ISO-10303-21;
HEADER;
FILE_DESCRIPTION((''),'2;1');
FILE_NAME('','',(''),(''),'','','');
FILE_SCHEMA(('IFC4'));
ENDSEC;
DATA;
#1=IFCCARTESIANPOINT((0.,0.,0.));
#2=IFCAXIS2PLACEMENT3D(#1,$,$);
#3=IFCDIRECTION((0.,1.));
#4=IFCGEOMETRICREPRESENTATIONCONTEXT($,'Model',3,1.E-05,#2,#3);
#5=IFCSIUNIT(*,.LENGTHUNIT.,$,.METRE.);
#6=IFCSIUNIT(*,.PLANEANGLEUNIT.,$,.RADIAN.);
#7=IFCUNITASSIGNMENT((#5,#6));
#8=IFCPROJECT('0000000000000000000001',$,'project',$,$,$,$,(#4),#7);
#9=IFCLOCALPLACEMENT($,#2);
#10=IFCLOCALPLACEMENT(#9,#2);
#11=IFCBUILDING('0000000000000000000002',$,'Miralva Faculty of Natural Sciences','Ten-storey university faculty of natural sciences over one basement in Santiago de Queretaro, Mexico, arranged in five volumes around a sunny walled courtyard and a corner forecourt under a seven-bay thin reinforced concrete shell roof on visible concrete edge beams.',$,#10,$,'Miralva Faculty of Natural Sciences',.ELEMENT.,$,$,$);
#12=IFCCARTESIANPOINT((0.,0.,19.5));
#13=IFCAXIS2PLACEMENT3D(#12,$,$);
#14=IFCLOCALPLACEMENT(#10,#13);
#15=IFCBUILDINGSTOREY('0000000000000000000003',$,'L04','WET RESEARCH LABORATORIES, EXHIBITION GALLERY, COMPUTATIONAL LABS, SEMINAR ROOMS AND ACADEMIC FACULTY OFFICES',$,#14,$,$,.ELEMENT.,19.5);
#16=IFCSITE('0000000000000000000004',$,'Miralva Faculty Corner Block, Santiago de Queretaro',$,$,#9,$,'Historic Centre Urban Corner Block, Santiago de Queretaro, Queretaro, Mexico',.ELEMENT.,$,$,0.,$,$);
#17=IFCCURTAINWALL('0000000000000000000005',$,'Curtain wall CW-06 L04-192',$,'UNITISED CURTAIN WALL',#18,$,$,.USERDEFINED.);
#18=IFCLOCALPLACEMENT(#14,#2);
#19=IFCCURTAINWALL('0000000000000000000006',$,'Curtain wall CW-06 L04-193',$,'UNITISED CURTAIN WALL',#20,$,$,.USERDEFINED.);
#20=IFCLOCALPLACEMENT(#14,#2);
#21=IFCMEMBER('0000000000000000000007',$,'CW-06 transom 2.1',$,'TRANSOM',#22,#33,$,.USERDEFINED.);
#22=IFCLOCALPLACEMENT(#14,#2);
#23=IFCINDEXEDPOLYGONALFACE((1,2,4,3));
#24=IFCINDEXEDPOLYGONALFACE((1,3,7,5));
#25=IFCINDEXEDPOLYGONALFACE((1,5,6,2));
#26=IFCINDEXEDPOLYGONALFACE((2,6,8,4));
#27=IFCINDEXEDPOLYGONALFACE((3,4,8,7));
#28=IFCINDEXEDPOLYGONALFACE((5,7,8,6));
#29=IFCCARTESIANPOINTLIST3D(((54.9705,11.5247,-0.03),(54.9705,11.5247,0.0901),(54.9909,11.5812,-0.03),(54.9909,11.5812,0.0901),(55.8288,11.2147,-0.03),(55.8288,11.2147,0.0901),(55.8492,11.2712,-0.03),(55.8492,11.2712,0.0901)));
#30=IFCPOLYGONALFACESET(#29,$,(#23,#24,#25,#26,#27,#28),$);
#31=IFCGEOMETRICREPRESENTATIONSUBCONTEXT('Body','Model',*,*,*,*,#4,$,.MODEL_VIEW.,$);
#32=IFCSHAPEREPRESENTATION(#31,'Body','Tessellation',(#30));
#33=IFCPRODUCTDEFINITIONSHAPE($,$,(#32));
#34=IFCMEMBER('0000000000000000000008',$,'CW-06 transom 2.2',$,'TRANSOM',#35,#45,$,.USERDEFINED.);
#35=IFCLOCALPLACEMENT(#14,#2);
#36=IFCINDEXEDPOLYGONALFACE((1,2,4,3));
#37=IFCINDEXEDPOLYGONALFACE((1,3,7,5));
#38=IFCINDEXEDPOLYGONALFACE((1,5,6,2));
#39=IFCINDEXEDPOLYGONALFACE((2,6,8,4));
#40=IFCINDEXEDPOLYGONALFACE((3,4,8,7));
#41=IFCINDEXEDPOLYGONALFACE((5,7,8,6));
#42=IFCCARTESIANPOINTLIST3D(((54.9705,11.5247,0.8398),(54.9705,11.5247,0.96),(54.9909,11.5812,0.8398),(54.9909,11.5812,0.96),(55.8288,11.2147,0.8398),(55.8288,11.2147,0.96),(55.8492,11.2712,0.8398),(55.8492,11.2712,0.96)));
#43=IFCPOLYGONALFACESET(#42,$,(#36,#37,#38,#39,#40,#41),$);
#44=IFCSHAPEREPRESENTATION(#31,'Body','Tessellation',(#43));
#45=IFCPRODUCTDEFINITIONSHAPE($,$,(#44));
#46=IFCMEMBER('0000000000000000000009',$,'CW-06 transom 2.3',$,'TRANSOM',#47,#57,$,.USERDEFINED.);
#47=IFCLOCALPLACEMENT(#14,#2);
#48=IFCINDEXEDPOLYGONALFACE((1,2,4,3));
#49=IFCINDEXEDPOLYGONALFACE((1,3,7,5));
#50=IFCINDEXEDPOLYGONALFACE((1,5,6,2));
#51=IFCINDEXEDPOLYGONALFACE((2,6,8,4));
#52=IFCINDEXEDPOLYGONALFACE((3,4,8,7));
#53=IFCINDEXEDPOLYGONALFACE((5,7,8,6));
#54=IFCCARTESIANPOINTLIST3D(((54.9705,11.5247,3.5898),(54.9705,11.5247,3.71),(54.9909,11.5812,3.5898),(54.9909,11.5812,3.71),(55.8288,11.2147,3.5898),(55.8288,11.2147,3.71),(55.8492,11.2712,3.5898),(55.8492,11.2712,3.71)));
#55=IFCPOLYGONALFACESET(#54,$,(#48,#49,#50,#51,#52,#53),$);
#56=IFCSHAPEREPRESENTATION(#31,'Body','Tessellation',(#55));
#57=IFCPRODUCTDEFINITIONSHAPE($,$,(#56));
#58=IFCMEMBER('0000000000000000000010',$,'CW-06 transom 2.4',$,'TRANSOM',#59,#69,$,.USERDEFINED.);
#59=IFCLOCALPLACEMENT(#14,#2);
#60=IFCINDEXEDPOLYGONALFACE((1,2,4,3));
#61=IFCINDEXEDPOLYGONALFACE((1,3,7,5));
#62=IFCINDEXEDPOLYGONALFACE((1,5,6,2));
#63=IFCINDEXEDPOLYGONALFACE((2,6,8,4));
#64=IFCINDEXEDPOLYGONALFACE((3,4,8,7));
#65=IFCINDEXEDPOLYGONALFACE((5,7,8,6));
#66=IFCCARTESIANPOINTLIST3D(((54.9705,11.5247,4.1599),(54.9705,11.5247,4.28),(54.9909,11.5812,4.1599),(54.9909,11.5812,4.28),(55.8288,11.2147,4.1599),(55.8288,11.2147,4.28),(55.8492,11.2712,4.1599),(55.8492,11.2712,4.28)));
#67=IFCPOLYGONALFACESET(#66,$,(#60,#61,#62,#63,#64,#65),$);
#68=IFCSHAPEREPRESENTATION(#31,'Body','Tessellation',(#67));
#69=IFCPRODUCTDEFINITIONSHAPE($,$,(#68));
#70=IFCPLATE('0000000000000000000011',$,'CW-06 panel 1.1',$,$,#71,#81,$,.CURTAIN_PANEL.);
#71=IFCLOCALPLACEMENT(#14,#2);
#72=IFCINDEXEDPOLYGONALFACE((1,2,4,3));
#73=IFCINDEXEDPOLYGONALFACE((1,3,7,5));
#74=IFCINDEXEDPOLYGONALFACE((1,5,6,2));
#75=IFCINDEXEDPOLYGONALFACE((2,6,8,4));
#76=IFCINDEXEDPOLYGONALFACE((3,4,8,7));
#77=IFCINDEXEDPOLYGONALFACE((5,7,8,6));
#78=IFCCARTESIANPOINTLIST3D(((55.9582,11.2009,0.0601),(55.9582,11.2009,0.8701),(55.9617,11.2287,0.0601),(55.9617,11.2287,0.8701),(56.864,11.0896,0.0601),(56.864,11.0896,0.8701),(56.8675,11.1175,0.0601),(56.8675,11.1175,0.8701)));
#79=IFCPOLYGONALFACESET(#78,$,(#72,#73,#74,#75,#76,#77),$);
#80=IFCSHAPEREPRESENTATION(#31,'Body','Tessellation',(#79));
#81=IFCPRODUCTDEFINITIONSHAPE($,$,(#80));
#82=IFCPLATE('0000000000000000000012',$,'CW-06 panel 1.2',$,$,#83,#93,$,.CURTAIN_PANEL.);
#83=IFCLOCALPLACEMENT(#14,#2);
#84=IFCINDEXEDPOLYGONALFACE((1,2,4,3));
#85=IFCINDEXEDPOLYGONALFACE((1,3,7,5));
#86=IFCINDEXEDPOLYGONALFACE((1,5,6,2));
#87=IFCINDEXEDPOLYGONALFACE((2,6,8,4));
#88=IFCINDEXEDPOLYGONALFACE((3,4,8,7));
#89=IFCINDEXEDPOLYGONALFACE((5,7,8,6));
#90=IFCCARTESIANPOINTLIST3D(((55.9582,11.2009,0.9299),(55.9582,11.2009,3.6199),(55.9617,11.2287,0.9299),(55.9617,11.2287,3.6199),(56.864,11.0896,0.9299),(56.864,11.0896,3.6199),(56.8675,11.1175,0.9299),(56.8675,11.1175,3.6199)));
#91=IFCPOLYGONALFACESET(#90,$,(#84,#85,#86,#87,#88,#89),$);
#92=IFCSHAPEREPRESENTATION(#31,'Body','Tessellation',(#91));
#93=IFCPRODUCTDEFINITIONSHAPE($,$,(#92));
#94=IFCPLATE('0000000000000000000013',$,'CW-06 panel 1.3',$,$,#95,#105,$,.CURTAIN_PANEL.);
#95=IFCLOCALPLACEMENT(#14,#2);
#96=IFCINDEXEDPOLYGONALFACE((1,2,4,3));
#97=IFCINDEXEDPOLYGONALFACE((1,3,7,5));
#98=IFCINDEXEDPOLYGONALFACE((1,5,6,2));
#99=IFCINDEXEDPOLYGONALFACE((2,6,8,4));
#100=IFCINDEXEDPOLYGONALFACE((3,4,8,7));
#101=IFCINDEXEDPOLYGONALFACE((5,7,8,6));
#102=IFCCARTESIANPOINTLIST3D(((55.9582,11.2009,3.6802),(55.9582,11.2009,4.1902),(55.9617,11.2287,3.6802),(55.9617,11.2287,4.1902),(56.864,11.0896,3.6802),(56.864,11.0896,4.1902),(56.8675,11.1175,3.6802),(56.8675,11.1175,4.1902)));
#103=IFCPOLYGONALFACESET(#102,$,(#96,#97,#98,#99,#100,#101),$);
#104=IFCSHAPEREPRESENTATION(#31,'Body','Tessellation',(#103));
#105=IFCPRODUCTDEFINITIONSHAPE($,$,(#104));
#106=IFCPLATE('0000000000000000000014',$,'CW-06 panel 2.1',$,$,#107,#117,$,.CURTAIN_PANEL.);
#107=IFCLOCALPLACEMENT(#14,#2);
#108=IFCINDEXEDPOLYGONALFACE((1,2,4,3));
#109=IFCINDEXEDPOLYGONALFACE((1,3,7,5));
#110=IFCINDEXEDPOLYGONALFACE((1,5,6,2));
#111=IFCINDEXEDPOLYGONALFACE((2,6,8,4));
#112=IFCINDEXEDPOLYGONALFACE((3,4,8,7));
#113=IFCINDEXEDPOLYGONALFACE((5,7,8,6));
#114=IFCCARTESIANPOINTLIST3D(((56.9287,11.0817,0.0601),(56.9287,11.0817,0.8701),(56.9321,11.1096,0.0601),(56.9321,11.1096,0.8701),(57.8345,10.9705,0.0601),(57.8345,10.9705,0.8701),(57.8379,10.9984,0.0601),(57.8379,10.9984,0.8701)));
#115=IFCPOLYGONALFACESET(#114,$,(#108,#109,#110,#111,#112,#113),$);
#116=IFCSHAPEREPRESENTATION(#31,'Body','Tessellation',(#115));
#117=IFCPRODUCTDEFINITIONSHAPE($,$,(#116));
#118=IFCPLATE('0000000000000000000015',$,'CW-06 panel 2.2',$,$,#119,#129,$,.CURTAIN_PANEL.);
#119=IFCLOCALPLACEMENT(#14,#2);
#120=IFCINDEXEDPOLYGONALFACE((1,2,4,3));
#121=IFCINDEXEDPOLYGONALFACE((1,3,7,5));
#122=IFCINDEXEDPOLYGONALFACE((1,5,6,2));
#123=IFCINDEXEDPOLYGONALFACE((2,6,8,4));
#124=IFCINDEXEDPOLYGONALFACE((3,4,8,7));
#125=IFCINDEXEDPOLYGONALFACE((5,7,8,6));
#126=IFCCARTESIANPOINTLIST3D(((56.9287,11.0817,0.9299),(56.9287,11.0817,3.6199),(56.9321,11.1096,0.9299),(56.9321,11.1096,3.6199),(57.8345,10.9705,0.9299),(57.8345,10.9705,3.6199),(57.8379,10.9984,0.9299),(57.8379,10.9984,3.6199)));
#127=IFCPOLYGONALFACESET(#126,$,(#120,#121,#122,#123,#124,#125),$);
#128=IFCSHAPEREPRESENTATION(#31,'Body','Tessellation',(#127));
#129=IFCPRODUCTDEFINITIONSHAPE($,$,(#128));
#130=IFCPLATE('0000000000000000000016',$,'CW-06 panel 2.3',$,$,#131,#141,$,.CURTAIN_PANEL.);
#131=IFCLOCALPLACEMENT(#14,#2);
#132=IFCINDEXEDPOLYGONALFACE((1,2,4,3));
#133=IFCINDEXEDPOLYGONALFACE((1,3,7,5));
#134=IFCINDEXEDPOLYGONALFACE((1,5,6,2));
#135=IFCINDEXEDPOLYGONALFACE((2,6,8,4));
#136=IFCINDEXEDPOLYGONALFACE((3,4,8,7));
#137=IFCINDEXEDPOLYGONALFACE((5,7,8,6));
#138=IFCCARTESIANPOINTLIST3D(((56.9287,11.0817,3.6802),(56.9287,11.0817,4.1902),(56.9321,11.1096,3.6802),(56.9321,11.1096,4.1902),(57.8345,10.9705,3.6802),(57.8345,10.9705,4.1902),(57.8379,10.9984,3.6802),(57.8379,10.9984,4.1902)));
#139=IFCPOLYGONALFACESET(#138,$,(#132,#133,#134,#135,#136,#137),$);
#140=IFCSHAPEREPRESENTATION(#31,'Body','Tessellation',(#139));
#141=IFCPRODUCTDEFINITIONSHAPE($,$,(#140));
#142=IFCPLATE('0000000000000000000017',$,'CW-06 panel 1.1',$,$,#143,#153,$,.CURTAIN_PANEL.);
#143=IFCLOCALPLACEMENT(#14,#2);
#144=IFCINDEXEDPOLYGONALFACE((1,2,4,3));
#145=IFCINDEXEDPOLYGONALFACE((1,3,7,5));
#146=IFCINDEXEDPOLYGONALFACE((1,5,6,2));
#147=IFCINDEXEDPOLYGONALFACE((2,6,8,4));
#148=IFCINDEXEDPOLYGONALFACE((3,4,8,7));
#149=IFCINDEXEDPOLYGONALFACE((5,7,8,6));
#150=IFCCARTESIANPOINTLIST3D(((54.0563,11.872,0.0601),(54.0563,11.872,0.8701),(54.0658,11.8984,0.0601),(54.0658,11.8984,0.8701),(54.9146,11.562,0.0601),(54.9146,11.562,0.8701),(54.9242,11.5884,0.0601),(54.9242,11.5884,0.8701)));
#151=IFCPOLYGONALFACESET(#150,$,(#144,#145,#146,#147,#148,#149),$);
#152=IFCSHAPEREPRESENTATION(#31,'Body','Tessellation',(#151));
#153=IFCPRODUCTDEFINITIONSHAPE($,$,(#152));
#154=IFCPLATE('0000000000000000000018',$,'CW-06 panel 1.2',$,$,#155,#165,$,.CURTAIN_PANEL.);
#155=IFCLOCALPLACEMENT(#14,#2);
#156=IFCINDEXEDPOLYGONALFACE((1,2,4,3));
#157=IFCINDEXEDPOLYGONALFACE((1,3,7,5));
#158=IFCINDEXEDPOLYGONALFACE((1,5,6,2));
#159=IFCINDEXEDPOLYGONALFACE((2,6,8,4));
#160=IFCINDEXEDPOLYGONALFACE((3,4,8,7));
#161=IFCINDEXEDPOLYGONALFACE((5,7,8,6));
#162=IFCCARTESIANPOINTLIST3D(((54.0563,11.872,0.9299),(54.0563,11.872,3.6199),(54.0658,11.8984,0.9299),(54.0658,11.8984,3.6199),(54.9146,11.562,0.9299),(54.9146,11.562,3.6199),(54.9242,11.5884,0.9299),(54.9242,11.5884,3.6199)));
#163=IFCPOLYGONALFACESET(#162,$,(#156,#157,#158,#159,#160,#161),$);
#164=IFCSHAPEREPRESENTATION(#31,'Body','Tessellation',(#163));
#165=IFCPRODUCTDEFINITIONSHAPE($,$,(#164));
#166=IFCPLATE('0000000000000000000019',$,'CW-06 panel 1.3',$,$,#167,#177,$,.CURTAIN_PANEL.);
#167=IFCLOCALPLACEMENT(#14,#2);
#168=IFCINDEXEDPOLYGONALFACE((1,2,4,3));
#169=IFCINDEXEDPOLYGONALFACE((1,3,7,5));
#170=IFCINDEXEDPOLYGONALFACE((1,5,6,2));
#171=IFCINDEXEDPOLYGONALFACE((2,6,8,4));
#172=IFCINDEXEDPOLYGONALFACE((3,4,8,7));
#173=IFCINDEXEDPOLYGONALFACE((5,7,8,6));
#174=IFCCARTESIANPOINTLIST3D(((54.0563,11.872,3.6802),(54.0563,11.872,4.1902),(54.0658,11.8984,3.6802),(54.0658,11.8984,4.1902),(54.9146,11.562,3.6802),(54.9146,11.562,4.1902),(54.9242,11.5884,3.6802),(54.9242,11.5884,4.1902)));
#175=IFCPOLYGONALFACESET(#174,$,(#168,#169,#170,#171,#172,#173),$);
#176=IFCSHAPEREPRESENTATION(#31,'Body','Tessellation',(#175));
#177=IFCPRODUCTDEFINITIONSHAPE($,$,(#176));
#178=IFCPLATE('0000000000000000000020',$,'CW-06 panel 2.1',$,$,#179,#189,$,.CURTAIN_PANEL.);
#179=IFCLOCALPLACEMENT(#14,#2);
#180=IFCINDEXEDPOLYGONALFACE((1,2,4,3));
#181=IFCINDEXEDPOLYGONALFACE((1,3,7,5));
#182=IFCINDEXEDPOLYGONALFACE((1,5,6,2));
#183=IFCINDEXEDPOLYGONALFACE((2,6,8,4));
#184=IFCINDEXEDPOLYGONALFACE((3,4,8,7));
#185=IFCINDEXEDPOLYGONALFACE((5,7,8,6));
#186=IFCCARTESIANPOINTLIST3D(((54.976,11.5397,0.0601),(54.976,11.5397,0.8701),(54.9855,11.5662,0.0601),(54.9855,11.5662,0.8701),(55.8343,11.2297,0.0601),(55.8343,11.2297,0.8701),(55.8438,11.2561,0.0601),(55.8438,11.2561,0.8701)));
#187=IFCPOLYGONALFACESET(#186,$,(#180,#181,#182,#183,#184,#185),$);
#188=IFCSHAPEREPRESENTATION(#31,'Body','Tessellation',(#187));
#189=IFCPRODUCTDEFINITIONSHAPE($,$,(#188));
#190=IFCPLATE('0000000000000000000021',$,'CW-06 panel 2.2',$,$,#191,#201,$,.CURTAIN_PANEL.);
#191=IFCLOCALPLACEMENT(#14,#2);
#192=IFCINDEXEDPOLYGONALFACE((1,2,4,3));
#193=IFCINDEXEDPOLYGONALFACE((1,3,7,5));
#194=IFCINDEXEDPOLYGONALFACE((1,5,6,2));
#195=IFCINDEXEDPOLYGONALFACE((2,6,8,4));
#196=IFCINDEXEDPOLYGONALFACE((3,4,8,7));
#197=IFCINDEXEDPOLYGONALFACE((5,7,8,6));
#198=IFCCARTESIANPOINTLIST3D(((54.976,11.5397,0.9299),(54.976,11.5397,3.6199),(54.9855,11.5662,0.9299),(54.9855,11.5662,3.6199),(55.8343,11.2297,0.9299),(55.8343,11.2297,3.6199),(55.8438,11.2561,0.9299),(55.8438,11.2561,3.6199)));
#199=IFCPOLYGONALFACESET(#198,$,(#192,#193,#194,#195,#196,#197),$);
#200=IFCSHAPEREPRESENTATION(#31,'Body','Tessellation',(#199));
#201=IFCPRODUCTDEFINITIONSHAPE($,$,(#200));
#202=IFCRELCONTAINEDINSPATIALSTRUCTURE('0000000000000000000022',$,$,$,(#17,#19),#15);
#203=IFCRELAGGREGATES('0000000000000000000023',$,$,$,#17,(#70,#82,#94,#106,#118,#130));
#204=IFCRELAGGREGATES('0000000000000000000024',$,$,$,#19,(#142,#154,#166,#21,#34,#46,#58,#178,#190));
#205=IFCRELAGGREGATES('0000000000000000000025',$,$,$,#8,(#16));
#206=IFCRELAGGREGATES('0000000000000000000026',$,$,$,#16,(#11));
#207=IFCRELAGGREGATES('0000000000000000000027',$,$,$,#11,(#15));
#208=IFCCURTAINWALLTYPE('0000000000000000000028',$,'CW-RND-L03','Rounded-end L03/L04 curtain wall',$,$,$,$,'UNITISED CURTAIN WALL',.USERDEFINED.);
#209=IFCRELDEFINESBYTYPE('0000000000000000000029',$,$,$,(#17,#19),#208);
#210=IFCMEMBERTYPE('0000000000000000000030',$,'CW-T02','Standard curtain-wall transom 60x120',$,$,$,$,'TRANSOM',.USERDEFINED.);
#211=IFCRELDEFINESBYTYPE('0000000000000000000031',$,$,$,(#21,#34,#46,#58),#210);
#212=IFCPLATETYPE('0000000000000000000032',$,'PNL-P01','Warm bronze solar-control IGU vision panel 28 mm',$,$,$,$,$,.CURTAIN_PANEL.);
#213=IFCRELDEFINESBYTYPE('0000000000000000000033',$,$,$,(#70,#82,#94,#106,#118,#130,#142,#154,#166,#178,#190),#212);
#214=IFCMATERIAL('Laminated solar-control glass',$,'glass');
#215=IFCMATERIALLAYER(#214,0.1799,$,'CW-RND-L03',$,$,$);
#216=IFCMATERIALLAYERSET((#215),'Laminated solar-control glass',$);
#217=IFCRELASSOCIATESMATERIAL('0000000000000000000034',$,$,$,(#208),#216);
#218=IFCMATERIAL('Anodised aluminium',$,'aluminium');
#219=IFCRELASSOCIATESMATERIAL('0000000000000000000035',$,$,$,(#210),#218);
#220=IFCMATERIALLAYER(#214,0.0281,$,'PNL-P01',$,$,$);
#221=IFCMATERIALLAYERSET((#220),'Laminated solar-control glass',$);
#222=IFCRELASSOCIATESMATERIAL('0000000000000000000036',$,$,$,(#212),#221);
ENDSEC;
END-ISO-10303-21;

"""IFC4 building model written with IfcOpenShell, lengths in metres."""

from ifc_helpers import new_model, si_unit, direction, frame, origin, origin_2d, place, context, subcontext, project, spatial, rectangle, extrude, material, layer, layer_set, material_profile, profile_set, type_object, element, aggregate, save


model = new_model("IFC4")

# Units and contexts
model_context = context("Model", 3, precision=1e-05, world=origin(), true_north=direction((0.0, 1.0)))
body_context = subcontext(model_context, "Body", "Model", "MODEL_VIEW")
ifc_project = project(units=[si_unit("LENGTHUNIT", "METRE"), si_unit("PLANEANGLEUNIT", "RADIAN")], contexts=[model_context])

# Site, building, storey
site_placement = place(None, origin())
site = spatial("IfcSite", under=ifc_project, at=site_placement, Name="Miralva Faculty Corner Block, Santiago de Queretaro", LongName="Historic Centre Urban Corner Block, Santiago de Queretaro, Queretaro, Mexico", CompositionType="ELEMENT", RefElevation=0.0)
building_placement = place(site_placement, origin())
building = spatial("IfcBuilding", under=site, at=building_placement, Name="Miralva Faculty of Natural Sciences", Description="Ten-storey university faculty of natural sciences over one basement in Santiago de Queretaro, Mexico, arranged in five volumes around a sunny walled courtyard and a corner forecourt under a seven-bay thin reinforced concrete shell roof on visible concrete edge beams.", LongName="Miralva Faculty of Natural Sciences", CompositionType="ELEMENT")
storey_placement = place(building_placement, frame((0.0, 0.0, 19.5)))
storey = spatial("IfcBuildingStorey", under=building, at=storey_placement, Name="L04", Description="WET RESEARCH LABORATORIES, EXHIBITION GALLERY, COMPUTATIONAL LABS, SEMINAR ROOMS AND ACADEMIC FACULTY OFFICES", CompositionType="ELEMENT", Elevation=19.5)

# Curtain walls
ifc_material_1 = material(Name="Laminated solar-control glass", Category="glass")
ifc_layer_1 = layer(ifc_material_1, 0.1799, Name="CW-RND-L03")
ifc_layer_set_1 = layer_set([ifc_layer_1], Name="Laminated solar-control glass")
curtain_wall_type = type_object("IfcCurtainWallType", Name="CW-RND-L03", Description="Rounded-end L03/L04 curtain wall", ElementType="UNITISED CURTAIN WALL", PredefinedType="USERDEFINED", material=ifc_layer_set_1)
curtain_wall_1_placement = place(storey_placement, origin())
curtain_wall_1 = element("IfcCurtainWall", 1, at=curtain_wall_1_placement, inside=storey, type_object=curtain_wall_type, Name="Curtain wall CW-06 L04-192", ObjectType="UNITISED CURTAIN WALL", PredefinedType="USERDEFINED")
ifc_material_2 = material(Name="Anodised aluminium", Category="aluminium")
curtain_wall_2_placement = place(storey_placement, origin())
curtain_wall_2 = element("IfcCurtainWall", 2, at=curtain_wall_2_placement, inside=storey, type_object=curtain_wall_type, Name="Curtain wall CW-06 L04-193", ObjectType="UNITISED CURTAIN WALL", PredefinedType="USERDEFINED")

# Members
ifc_material_profile_1 = material_profile(ifc_material_2, rectangle(XDim=0.0601, YDim=0.1201, at=origin_2d()), Name="TRANSOM 60x120")
ifc_profile_set_1 = profile_set([ifc_material_profile_1], Name="Anodised aluminium")
member_type_1 = type_object("IfcMemberType", Name="CW-T02", Description="Standard curtain-wall transom 60x120", ElementType="TRANSOM", PredefinedType="USERDEFINED", material=ifc_profile_set_1)
member_1_placement = place(storey_placement, frame((54.9807, 11.553, 0.03), z_axis=(0.940525, -0.339723, 0.0), x_axis=(0.339723, 0.940525, 0.0)))
member_1 = element("IfcMember", 3, at=member_1_placement, type_object=member_type_1, Name="CW-06 transom 2.1", ObjectType="TRANSOM", PredefinedType="USERDEFINED", context=body_context, shape_type="SweptSolid", body=[
    extrude(rectangle(XDim=0.0601, YDim=0.1201, at=origin_2d()), origin(), (0.0, 0.0, 1.0), 0.9126),
])
member_2_placement = place(storey_placement, frame((54.9807, 11.553, 0.8999), z_axis=(0.940525, -0.339723, 0.0), x_axis=(0.339723, 0.940525, 0.0)))
member_2 = element("IfcMember", 4, at=member_2_placement, type_object=member_type_1, Name="CW-06 transom 2.2", ObjectType="TRANSOM", PredefinedType="USERDEFINED", context=body_context, shape_type="SweptSolid", body=[
    extrude(rectangle(XDim=0.0601, YDim=0.1201, at=origin_2d()), origin(), (0.0, 0.0, 1.0), 0.9126),
])
member_3_placement = place(storey_placement, frame((54.9807, 11.553, 3.6499), z_axis=(0.940525, -0.339723, 0.0), x_axis=(0.339723, 0.940525, 0.0)))
member_3 = element("IfcMember", 5, at=member_3_placement, type_object=member_type_1, Name="CW-06 transom 2.3", ObjectType="TRANSOM", PredefinedType="USERDEFINED", context=body_context, shape_type="SweptSolid", body=[
    extrude(rectangle(XDim=0.0601, YDim=0.1201, at=origin_2d()), origin(), (0.0, 0.0, 1.0), 0.9126),
])
member_4_placement = place(storey_placement, frame((54.9807, 11.553, 4.22), z_axis=(0.940525, -0.339723, 0.0), x_axis=(0.339723, 0.940525, 0.0)))
member_4 = element("IfcMember", 6, at=member_4_placement, type_object=member_type_1, Name="CW-06 transom 2.4", ObjectType="TRANSOM", PredefinedType="USERDEFINED", context=body_context, shape_type="SweptSolid", body=[
    extrude(rectangle(XDim=0.0601, YDim=0.1201, at=origin_2d()), origin(), (0.0, 0.0, 1.0), 0.9126),
])

# Plates
ifc_layer_2 = layer(ifc_material_1, 0.0281, Name="PNL-P01")
ifc_layer_set_2 = layer_set([ifc_layer_2], Name="Laminated solar-control glass")
plate_type = type_object("IfcPlateType", Name="PNL-P01", Description="Warm bronze solar-control IGU vision panel 28 mm", PredefinedType="CURTAIN_PANEL", material=ifc_layer_set_2)
plate_1_placement = place(storey_placement, frame((56.4128, 11.1592, 0.0601), z_axis=(0.0, 0.0, 1.0), x_axis=(0.992547, -0.12186, 0.0)))
plate_1 = element("IfcPlate", 7, at=plate_1_placement, type_object=plate_type, Name="CW-06 panel 1.1", PredefinedType="CURTAIN_PANEL", context=body_context, shape_type="SweptSolid", body=[
    extrude(rectangle(XDim=0.9126, YDim=0.0281, at=origin_2d()), origin(), (0.0, 0.0, 1.0), 0.8101),
])
plate_2_placement = place(storey_placement, frame((56.4128, 11.1592, 0.9299), z_axis=(0.0, 0.0, 1.0), x_axis=(0.992547, -0.12186, 0.0)))
plate_2 = element("IfcPlate", 8, at=plate_2_placement, type_object=plate_type, Name="CW-06 panel 1.2", PredefinedType="CURTAIN_PANEL", context=body_context, shape_type="SweptSolid", body=[
    extrude(rectangle(XDim=0.9126, YDim=0.0281, at=origin_2d()), origin(), (0.0, 0.0, 1.0), 2.6899),
])
plate_3_placement = place(storey_placement, frame((56.4128, 11.1592, 3.6802), z_axis=(0.0, 0.0, 1.0), x_axis=(0.992547, -0.12186, 0.0)))
plate_3 = element("IfcPlate", 9, at=plate_3_placement, type_object=plate_type, Name="CW-06 panel 1.3", PredefinedType="CURTAIN_PANEL", context=body_context, shape_type="SweptSolid", body=[
    extrude(rectangle(XDim=0.9126, YDim=0.0281, at=origin_2d()), origin(), (0.0, 0.0, 1.0), 0.51),
])
plate_4_placement = place(storey_placement, frame((57.3833, 11.04, 0.0601), z_axis=(0.0, 0.0, 1.0), x_axis=(0.992547, -0.12186, 0.0)))
plate_4 = element("IfcPlate", 10, at=plate_4_placement, type_object=plate_type, Name="CW-06 panel 2.1", PredefinedType="CURTAIN_PANEL", context=body_context, shape_type="SweptSolid", body=[
    extrude(rectangle(XDim=0.9126, YDim=0.0281, at=origin_2d()), origin(), (0.0, 0.0, 1.0), 0.8101),
])
plate_5_placement = place(storey_placement, frame((57.3833, 11.04, 0.9299), z_axis=(0.0, 0.0, 1.0), x_axis=(0.992547, -0.12186, 0.0)))
plate_5 = element("IfcPlate", 11, at=plate_5_placement, type_object=plate_type, Name="CW-06 panel 2.2", PredefinedType="CURTAIN_PANEL", context=body_context, shape_type="SweptSolid", body=[
    extrude(rectangle(XDim=0.9126, YDim=0.0281, at=origin_2d()), origin(), (0.0, 0.0, 1.0), 2.6899),
])
plate_6_placement = place(storey_placement, frame((57.3833, 11.04, 3.6802), z_axis=(0.0, 0.0, 1.0), x_axis=(0.992547, -0.12186, 0.0)))
plate_6 = element("IfcPlate", 12, at=plate_6_placement, type_object=plate_type, Name="CW-06 panel 2.3", PredefinedType="CURTAIN_PANEL", context=body_context, shape_type="SweptSolid", body=[
    extrude(rectangle(XDim=0.9126, YDim=0.0281, at=origin_2d()), origin(), (0.0, 0.0, 1.0), 0.51),
])
aggregate(curtain_wall_1, [plate_1, plate_2, plate_3, plate_4, plate_5, plate_6])
plate_7_placement = place(storey_placement, frame((54.4902, 11.7302, 0.0601), z_axis=(0.0, 0.0, 1.0), x_axis=(0.940535, -0.339696, 0.0)))
plate_7 = element("IfcPlate", 13, at=plate_7_placement, type_object=plate_type, Name="CW-06 panel 1.1", PredefinedType="CURTAIN_PANEL", context=body_context, shape_type="SweptSolid", body=[
    extrude(rectangle(XDim=0.9126, YDim=0.0281, at=origin_2d()), origin(), (0.0, 0.0, 1.0), 0.8101),
])
plate_8_placement = place(storey_placement, frame((54.4902, 11.7302, 0.9299), z_axis=(0.0, 0.0, 1.0), x_axis=(0.940535, -0.339696, 0.0)))
plate_8 = element("IfcPlate", 14, at=plate_8_placement, type_object=plate_type, Name="CW-06 panel 1.2", PredefinedType="CURTAIN_PANEL", context=body_context, shape_type="SweptSolid", body=[
    extrude(rectangle(XDim=0.9126, YDim=0.0281, at=origin_2d()), origin(), (0.0, 0.0, 1.0), 2.6899),
])
plate_9_placement = place(storey_placement, frame((54.4902, 11.7302, 3.6802), z_axis=(0.0, 0.0, 1.0), x_axis=(0.940535, -0.339696, 0.0)))
plate_9 = element("IfcPlate", 15, at=plate_9_placement, type_object=plate_type, Name="CW-06 panel 1.3", PredefinedType="CURTAIN_PANEL", context=body_context, shape_type="SweptSolid", body=[
    extrude(rectangle(XDim=0.9126, YDim=0.0281, at=origin_2d()), origin(), (0.0, 0.0, 1.0), 0.51),
])
plate_10_placement = place(storey_placement, frame((55.4099, 11.3979, 0.0601), z_axis=(0.0, 0.0, 1.0), x_axis=(0.940535, -0.339696, 0.0)))
plate_10 = element("IfcPlate", 16, at=plate_10_placement, type_object=plate_type, Name="CW-06 panel 2.1", PredefinedType="CURTAIN_PANEL", context=body_context, shape_type="SweptSolid", body=[
    extrude(rectangle(XDim=0.9126, YDim=0.0281, at=origin_2d()), origin(), (0.0, 0.0, 1.0), 0.8101),
])
plate_11_placement = place(storey_placement, frame((55.4099, 11.3979, 0.9299), z_axis=(0.0, 0.0, 1.0), x_axis=(0.940535, -0.339696, 0.0)))
plate_11 = element("IfcPlate", 17, at=plate_11_placement, type_object=plate_type, Name="CW-06 panel 2.2", PredefinedType="CURTAIN_PANEL", context=body_context, shape_type="SweptSolid", body=[
    extrude(rectangle(XDim=0.9126, YDim=0.0281, at=origin_2d()), origin(), (0.0, 0.0, 1.0), 2.6899),
])
aggregate(curtain_wall_2, [plate_7, plate_8, plate_9, member_1, member_2, member_3, member_4, plate_10, plate_11])

save(model, "model.ifc")
